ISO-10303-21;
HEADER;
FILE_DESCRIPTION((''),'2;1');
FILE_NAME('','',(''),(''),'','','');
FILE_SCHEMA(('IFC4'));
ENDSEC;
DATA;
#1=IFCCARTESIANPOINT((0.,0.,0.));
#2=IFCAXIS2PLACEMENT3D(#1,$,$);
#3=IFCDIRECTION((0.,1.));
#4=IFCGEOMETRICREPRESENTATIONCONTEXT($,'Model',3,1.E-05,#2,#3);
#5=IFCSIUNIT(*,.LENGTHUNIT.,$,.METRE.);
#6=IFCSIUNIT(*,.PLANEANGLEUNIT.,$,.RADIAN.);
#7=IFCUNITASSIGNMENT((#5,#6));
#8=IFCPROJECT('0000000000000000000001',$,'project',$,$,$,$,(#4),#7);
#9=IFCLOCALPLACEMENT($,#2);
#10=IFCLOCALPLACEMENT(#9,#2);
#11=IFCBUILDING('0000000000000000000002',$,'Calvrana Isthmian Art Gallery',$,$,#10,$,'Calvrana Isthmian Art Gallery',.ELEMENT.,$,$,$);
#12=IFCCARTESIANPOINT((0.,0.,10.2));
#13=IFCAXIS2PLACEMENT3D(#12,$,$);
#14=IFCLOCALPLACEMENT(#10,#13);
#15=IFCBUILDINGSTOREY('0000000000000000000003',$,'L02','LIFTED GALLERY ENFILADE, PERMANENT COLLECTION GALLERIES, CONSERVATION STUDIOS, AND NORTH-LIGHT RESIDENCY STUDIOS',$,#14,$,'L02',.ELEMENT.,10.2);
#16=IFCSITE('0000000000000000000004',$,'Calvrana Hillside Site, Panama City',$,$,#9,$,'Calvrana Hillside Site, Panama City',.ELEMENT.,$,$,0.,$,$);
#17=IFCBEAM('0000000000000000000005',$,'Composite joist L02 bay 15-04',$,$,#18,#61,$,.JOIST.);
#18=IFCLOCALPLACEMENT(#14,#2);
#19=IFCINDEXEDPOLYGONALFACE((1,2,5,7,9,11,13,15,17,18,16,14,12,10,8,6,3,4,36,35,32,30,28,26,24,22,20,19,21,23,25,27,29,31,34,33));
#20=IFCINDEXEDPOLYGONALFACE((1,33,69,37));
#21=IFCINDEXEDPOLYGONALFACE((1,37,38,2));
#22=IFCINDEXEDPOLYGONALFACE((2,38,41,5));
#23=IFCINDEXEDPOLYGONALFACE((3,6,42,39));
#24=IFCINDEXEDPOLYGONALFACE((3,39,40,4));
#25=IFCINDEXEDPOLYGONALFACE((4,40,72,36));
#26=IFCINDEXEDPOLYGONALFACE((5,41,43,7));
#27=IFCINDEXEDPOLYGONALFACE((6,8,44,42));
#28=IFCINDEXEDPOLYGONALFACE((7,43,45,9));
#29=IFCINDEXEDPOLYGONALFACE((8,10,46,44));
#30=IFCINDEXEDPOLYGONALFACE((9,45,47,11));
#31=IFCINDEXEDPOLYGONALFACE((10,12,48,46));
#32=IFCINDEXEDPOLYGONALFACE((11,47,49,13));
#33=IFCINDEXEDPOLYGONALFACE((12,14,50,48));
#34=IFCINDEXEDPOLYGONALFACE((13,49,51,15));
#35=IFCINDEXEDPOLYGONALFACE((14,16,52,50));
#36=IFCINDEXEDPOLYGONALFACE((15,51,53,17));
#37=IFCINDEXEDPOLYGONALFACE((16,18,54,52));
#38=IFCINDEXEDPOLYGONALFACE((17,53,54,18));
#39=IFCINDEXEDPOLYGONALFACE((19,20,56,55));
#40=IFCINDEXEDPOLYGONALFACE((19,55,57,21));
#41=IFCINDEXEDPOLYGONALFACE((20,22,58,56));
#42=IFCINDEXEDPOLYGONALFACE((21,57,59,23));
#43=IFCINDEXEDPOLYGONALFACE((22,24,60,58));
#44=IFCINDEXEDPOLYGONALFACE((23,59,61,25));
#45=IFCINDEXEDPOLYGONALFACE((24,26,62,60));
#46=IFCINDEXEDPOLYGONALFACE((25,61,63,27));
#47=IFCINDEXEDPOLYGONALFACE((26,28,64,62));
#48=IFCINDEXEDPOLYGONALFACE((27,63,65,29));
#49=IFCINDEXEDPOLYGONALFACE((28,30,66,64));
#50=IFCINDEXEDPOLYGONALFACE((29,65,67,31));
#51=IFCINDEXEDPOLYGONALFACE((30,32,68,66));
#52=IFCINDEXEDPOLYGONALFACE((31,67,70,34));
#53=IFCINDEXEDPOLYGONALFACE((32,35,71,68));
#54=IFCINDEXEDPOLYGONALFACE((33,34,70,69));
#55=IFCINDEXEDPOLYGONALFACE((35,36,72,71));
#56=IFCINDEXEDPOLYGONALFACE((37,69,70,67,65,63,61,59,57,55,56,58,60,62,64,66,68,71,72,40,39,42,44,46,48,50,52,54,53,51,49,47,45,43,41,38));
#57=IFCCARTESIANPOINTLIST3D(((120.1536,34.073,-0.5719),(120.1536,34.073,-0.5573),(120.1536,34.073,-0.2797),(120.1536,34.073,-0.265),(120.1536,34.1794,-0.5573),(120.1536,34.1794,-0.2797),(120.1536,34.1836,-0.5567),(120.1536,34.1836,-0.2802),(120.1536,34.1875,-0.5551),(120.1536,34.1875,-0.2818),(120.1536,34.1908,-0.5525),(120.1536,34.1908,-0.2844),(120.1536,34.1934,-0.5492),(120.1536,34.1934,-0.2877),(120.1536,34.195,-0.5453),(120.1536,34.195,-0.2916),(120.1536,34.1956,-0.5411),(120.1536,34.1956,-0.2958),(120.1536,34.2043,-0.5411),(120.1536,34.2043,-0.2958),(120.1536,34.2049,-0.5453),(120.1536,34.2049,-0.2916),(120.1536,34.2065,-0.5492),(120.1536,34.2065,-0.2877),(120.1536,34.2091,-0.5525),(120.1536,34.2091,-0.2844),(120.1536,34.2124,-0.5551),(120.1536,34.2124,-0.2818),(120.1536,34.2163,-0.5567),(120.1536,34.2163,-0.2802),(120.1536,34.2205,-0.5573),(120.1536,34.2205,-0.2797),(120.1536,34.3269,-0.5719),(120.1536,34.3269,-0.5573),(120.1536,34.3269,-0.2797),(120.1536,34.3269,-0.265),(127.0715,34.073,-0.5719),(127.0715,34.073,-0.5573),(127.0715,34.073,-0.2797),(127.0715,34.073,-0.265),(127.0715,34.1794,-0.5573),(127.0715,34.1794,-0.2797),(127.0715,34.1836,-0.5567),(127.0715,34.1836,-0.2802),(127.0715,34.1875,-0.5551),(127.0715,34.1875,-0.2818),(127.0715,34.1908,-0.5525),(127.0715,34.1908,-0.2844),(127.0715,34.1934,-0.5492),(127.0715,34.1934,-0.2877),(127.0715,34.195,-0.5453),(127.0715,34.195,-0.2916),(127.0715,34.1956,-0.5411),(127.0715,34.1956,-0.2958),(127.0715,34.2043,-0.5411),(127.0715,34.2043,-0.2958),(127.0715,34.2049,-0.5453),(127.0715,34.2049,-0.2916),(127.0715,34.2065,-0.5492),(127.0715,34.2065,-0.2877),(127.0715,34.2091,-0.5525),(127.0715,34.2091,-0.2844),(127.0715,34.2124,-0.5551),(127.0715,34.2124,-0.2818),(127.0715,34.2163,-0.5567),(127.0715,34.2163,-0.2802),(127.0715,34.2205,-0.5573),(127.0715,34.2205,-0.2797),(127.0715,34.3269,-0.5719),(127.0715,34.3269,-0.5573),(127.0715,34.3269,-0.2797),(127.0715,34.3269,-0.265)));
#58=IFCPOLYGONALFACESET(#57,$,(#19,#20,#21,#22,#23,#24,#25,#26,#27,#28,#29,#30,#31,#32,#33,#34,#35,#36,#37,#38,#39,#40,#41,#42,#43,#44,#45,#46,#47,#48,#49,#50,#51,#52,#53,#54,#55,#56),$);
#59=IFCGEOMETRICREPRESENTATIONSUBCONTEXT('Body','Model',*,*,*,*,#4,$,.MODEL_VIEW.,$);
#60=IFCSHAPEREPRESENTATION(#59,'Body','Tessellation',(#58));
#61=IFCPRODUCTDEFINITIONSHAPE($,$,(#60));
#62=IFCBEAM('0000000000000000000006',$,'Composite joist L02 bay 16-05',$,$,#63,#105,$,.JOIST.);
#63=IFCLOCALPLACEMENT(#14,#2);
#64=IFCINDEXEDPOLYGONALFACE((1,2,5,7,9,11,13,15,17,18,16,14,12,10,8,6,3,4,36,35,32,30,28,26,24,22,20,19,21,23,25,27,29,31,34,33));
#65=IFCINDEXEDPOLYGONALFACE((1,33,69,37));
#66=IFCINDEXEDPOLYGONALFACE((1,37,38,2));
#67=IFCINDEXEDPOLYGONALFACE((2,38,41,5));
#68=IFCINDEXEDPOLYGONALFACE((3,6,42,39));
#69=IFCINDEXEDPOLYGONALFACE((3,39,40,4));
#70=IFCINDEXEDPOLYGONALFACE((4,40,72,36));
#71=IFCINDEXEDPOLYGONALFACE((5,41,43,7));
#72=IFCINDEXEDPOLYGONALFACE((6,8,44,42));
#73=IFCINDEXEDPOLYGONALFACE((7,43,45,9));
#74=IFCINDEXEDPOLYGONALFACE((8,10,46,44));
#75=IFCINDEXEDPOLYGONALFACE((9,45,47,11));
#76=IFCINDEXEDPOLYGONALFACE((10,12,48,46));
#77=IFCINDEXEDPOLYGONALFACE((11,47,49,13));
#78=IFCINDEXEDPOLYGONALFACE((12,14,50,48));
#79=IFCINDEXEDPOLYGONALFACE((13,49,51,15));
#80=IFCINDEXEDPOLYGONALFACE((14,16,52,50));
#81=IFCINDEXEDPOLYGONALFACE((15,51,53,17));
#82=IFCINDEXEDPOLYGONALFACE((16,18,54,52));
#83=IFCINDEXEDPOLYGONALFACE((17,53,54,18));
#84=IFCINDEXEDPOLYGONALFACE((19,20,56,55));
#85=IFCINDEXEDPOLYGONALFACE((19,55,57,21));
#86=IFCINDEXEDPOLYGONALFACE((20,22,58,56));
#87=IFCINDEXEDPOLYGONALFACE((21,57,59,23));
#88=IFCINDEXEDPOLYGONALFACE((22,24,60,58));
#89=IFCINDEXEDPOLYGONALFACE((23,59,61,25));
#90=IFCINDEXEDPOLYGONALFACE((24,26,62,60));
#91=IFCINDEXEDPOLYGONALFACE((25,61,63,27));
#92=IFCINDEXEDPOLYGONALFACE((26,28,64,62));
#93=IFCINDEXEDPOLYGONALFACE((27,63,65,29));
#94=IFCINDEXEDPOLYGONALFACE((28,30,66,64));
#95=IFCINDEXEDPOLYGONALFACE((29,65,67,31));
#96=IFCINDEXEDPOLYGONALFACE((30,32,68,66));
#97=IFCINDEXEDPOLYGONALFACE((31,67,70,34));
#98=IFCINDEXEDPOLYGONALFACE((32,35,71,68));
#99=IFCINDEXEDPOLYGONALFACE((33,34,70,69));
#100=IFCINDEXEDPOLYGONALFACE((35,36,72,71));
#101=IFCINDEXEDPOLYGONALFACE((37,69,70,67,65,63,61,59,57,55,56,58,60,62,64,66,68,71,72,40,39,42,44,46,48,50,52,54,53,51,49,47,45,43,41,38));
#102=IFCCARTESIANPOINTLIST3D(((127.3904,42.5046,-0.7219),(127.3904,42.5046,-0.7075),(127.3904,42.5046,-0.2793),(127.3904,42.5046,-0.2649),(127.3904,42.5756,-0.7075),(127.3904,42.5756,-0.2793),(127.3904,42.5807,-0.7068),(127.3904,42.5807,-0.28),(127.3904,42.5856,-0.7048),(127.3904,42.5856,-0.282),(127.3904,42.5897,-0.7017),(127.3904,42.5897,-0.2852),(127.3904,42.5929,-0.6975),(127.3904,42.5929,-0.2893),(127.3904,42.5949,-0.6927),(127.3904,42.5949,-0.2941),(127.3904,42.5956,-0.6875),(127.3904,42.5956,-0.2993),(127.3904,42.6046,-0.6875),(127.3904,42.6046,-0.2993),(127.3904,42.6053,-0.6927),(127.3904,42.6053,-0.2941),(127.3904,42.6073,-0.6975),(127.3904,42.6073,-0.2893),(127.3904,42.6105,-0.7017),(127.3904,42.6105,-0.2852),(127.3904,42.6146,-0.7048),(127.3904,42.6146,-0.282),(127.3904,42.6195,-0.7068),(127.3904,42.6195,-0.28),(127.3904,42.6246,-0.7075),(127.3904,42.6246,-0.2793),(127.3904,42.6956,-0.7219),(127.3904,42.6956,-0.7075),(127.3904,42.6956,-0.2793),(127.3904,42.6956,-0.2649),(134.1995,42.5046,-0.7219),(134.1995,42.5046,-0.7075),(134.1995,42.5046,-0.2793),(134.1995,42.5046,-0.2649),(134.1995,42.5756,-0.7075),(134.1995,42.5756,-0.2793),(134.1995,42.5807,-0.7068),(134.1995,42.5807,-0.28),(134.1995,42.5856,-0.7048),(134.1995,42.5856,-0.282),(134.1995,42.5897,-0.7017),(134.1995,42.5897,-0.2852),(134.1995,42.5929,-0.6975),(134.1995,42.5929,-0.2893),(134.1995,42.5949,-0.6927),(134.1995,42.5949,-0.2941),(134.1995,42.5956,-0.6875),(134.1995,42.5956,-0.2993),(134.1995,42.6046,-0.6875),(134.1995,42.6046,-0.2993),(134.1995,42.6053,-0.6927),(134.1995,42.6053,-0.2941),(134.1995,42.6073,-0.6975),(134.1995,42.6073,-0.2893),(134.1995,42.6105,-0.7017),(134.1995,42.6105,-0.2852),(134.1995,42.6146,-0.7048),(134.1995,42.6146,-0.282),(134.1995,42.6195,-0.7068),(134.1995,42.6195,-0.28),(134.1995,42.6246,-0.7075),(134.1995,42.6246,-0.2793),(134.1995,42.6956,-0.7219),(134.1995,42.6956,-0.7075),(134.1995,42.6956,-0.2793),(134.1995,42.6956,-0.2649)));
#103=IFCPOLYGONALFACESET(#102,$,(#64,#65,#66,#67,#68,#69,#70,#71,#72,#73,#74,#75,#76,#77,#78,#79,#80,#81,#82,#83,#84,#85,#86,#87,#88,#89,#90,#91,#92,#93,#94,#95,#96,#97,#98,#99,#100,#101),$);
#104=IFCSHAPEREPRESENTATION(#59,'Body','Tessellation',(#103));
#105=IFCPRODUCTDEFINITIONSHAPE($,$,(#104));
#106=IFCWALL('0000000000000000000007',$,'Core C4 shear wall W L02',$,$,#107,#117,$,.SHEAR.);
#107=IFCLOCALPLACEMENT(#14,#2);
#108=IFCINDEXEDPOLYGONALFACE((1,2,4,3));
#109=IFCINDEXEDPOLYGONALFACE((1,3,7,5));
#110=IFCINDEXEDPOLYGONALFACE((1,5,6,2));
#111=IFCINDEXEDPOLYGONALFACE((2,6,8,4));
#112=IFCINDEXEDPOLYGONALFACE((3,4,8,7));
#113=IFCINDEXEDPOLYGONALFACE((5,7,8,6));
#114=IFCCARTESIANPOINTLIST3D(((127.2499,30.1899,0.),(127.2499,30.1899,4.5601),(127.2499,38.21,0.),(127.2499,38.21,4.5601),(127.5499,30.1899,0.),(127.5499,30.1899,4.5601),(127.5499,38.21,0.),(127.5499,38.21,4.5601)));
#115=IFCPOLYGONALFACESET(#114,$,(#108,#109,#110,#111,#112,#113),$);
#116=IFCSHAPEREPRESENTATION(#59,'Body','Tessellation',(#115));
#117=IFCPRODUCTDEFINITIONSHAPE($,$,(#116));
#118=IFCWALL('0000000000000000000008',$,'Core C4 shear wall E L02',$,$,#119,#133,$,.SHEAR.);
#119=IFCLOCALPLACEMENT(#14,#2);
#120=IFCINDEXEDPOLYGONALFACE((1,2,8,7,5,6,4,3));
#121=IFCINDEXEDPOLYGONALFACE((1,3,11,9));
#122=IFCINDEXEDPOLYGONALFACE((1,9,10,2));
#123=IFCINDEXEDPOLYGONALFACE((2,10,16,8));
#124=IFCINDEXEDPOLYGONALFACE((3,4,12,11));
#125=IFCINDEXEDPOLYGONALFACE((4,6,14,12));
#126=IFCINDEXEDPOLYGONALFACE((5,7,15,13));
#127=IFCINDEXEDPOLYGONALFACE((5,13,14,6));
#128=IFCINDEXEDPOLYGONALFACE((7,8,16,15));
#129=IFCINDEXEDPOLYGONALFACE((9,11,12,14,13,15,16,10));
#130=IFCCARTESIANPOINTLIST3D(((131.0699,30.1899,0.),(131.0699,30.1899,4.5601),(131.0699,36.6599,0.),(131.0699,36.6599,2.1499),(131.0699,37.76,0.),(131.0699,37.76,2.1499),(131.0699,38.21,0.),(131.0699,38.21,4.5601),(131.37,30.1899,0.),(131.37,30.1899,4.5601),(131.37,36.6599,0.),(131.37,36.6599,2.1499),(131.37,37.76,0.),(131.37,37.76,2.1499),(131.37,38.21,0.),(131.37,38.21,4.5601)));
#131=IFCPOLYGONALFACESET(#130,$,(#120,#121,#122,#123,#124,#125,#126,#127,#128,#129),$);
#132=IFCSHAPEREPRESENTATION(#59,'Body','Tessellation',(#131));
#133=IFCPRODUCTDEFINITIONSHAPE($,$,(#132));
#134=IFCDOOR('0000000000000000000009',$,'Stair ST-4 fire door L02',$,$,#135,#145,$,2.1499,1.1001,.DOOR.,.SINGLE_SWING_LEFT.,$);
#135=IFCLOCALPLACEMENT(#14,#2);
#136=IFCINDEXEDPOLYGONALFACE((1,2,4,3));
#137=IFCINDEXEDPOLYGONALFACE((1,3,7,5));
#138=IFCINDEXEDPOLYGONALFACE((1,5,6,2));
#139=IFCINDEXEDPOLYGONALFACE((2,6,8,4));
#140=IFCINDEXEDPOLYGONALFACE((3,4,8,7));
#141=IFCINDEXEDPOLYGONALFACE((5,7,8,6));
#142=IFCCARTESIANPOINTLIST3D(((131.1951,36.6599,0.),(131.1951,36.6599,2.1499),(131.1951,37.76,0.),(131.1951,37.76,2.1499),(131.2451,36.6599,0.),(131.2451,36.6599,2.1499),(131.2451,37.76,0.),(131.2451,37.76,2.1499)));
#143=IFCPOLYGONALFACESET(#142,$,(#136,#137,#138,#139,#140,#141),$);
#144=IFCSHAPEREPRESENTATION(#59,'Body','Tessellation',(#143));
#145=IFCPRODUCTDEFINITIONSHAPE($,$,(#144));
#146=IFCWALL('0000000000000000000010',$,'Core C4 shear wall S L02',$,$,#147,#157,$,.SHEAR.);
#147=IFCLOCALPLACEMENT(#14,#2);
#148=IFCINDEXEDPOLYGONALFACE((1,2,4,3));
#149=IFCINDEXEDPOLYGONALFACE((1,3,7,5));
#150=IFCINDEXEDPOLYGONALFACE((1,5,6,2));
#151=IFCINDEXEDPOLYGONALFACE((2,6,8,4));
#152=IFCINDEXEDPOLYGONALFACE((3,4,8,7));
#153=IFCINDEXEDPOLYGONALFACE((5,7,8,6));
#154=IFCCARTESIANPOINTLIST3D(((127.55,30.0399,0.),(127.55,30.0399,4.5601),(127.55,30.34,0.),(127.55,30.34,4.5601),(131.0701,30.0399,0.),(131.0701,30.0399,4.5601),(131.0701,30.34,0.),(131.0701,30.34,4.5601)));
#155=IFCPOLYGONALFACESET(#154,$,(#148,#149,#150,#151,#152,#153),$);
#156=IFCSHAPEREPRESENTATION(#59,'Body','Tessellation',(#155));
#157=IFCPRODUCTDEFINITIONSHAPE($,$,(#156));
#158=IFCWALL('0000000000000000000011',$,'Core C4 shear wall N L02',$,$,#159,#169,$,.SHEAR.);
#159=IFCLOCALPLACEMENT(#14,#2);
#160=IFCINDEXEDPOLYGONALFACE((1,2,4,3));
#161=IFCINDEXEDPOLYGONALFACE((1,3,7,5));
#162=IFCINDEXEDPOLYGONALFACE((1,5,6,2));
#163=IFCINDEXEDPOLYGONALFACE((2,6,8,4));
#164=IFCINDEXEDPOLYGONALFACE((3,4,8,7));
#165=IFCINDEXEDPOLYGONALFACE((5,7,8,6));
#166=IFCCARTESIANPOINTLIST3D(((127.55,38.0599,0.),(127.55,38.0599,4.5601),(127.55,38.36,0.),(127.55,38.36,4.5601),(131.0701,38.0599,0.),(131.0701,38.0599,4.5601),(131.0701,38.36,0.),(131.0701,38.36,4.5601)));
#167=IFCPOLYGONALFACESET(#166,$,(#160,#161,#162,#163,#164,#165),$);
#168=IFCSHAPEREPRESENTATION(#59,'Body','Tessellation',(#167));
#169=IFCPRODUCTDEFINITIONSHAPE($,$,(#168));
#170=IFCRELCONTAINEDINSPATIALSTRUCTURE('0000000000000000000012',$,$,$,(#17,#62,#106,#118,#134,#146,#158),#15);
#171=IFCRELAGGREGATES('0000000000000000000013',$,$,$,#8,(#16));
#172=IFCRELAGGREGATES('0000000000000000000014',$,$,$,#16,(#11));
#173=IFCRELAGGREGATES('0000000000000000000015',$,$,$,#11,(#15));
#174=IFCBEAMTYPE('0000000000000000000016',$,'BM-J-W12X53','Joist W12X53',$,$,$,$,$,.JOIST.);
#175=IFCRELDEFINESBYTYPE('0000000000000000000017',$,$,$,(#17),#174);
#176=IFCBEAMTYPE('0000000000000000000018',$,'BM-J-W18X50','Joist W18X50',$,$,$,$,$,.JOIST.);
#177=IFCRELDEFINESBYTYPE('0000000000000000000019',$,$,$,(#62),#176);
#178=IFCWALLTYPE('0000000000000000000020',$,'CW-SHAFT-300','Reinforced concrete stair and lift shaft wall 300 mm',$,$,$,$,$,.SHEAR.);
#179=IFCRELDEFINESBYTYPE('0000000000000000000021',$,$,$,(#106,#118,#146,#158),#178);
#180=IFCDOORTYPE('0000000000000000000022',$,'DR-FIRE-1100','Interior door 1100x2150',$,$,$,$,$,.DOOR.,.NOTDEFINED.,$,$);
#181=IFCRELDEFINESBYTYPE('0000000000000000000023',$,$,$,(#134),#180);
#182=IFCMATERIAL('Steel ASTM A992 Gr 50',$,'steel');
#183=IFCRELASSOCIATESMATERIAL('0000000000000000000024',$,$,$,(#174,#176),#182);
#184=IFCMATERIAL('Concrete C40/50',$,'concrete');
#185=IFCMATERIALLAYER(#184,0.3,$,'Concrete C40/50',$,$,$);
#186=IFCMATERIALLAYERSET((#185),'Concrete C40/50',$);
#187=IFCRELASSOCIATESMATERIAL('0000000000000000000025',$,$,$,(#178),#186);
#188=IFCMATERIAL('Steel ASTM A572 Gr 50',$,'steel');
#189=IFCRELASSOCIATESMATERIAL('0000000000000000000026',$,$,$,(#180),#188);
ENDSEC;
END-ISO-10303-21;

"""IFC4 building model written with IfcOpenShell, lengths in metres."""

from ifc_helpers import new_model, si_unit, direction, frame, frame_2d, origin, origin_2d, place, context, subcontext, project, spatial, rectangle, i_section, extrude, material, layer, layer_set, material_profile, profile_set, type_object, element, fill, save


model = new_model("IFC4")

# Units and contexts
model_context = context("Model", 3, precision=1e-05, world=origin(), true_north=direction((0.0, 1.0)))
body_context = subcontext(model_context, "Body", "Model", "MODEL_VIEW")
ifc_project = project(units=[si_unit("LENGTHUNIT", "METRE"), si_unit("PLANEANGLEUNIT", "RADIAN")], contexts=[model_context])

# Site, building, storey
site_placement = place(None, origin())
site = spatial("IfcSite", under=ifc_project, at=site_placement, Name="Calvrana Hillside Site, Panama City", LongName="Calvrana Hillside Site, Panama City", CompositionType="ELEMENT", RefElevation=0.0)
building_placement = place(site_placement, origin())
building = spatial("IfcBuilding", under=site, at=building_placement, Name="Calvrana Isthmian Art Gallery", LongName="Calvrana Isthmian Art Gallery", CompositionType="ELEMENT")
storey_placement = place(building_placement, frame((0.0, 0.0, 10.2)))
storey = spatial("IfcBuildingStorey", under=building, at=storey_placement, Name="L02", Description="LIFTED GALLERY ENFILADE, PERMANENT COLLECTION GALLERIES, CONSERVATION STUDIOS, AND NORTH-LIGHT RESIDENCY STUDIOS", LongName="L02", CompositionType="ELEMENT", Elevation=10.2)

# Shared definitions
ifc_material_1 = material(Name="Steel ASTM A992 Gr 50", Category="steel")

# Beams
ifc_material_profile_1 = material_profile(ifc_material_1, i_section(OverallWidth=0.2539, OverallDepth=0.3069, WebThickness=0.0088, FlangeThickness=0.0146, FilletRadius=0.0161, at=origin_2d()), Name="W12X53")
ifc_profile_set_1 = profile_set([ifc_material_profile_1], Name="Steel ASTM A992 Gr 50")
beam_type_1 = type_object("IfcBeamType", Name="BM-J-W12X53", Description="Joist W12X53", PredefinedType="JOIST", material=ifc_profile_set_1)
beam_1_placement = place(storey_placement, frame((120.1536, 34.2, -0.4185), z_axis=(1.0, 0.0, 0.0), x_axis=(0.0, 1.0, 0.0)))
element("IfcBeam", 1, at=beam_1_placement, inside=storey, type_object=beam_type_1, Name="Composite joist L02 bay 15-04", PredefinedType="JOIST", context=body_context, shape_type="SweptSolid", body=[
    extrude(i_section(OverallWidth=0.2539, OverallDepth=0.3069, WebThickness=0.0088, FlangeThickness=0.0146, FilletRadius=0.0161, at=origin_2d()), origin(), (0.0, 0.0, 1.0), 6.918),
])
ifc_material_profile_2 = material_profile(ifc_material_1, i_section(OverallWidth=0.1909, OverallDepth=0.457, WebThickness=0.009, FlangeThickness=0.0144, FilletRadius=0.02, at=origin_2d()), Name="W18X50")
ifc_profile_set_2 = profile_set([ifc_material_profile_2], Name="Steel ASTM A992 Gr 50")
beam_type_2 = type_object("IfcBeamType", Name="BM-J-W18X50", Description="Joist W18X50", PredefinedType="JOIST", material=ifc_profile_set_2)
beam_2_placement = place(storey_placement, frame((127.3904, 42.6001, -0.4934), z_axis=(1.0, 0.0, 0.0), x_axis=(0.0, 1.0, 0.0)))
element("IfcBeam", 2, at=beam_2_placement, inside=storey, type_object=beam_type_2, Name="Composite joist L02 bay 16-05", PredefinedType="JOIST", context=body_context, shape_type="SweptSolid", body=[
    extrude(i_section(OverallWidth=0.1909, OverallDepth=0.457, WebThickness=0.009, FlangeThickness=0.0144, FilletRadius=0.02, at=origin_2d()), origin(), (0.0, 0.0, 1.0), 6.8091),
])

# Wall
ifc_material_2 = material(Name="Concrete C40/50", Category="concrete")
ifc_layer_1 = layer(ifc_material_2, 0.3, Name="Concrete C40/50")
ifc_layer_set_1 = layer_set([ifc_layer_1], Name="Concrete C40/50")
wall_type_1 = type_object("IfcWallType", Name="CW-SHAFT-300", Description="Reinforced concrete stair and lift shaft wall 300 mm", PredefinedType="SHEAR", material=ifc_layer_set_1)
wall_1_placement = place(storey_placement, frame((127.3999, 30.1899, 0.0), z_axis=(0.0, 0.0, 1.0), x_axis=(0.0, 1.0, 0.0)))
element("IfcWall", 3, at=wall_1_placement, inside=storey, type_object=wall_type_1, Name="Core C4 shear wall W L02", PredefinedType="SHEAR", context=body_context, shape_type="SweptSolid", body=[
    extrude(rectangle(XDim=8.02, YDim=0.3, at=frame_2d((4.01, 0.0))), origin(), (0.0, 0.0, 1.0), 4.5601),
])

# Wall, opening, door
wall_2_placement = place(storey_placement, frame((131.22, 30.1899, 0.0), z_axis=(0.0, 0.0, 1.0), x_axis=(0.0, 1.0, 0.0)))
wall_2 = element("IfcWall", 4, at=wall_2_placement, inside=storey, type_object=wall_type_1, Name="Core C4 shear wall E L02", PredefinedType="SHEAR", context=body_context, shape_type="SweptSolid", body=[
    extrude(rectangle(XDim=8.02, YDim=0.3, at=frame_2d((4.01, 0.0))), origin(), (0.0, 0.0, 1.0), 4.5601),
])
opening_1_placement = place(wall_2_placement, frame((6.47, 0.0, 0.0)))
opening_1 = element("IfcOpeningElement", 5, at=opening_1_placement, cuts=wall_2, PredefinedType="OPENING", context=body_context, shape_type="SweptSolid", body=[
    extrude(rectangle(XDim=1.1001, YDim=2.1499, at=frame_2d((0.55, 1.075))), frame((0.0, 0.1602, 0.0), z_axis=(0.0, -1.0, 0.0), x_axis=(1.0, 0.0, 0.0)), (0.0, 0.0, 1.0), 0.3206),
])
ifc_material_3 = material(Name="Steel ASTM A572 Gr 50", Category="steel")
door_type_1 = type_object("IfcDoorType", Name="DR-FIRE-1100", Description="Interior door 1100x2150", OperationType="NOTDEFINED", PredefinedType="DOOR", material=ifc_material_3)
door_1_placement = place(opening_1_placement, origin())
door_1 = element("IfcDoor", 6, at=door_1_placement, inside=storey, type_object=door_type_1, Name="Stair ST-4 fire door L02", OperationType="SINGLE_SWING_LEFT", OverallHeight=2.1499, OverallWidth=1.1001, PredefinedType="DOOR", context=body_context, shape_type="SweptSolid", body=[
    extrude(rectangle(XDim=1.1001, YDim=2.1499, at=frame_2d((0.55, 1.075))), frame((0.0, 0.0249, 0.0), z_axis=(0.0, -1.0, 0.0), x_axis=(1.0, 0.0, 0.0)), (0.0, 0.0, 1.0), 0.05),
])
fill(opening_1, door_1)

# Walls
for number, where, z_axis, x_axis, name in (
    (7, (127.55, 30.1899, 0.0), (0.0, 0.0, 1.0), (1.0, 0.0, 0.0), "Core C4 shear wall S L02"),
    (8, (127.55, 38.21, 0.0), (0.0, 0.0, 1.0), (1.0, 0.0, 0.0), "Core C4 shear wall N L02"),
):
    element("IfcWall", number, at=place(storey_placement, frame(where, z_axis=z_axis, x_axis=x_axis)), inside=storey, type_object=wall_type_1, Name=name, PredefinedType="SHEAR", context=body_context, shape_type="SweptSolid", body=[
        extrude(rectangle(XDim=3.52, YDim=0.3, at=frame_2d((1.76, 0.0))), origin(), (0.0, 0.0, 1.0), 4.5601),
    ])

save(model, "model.ifc")
